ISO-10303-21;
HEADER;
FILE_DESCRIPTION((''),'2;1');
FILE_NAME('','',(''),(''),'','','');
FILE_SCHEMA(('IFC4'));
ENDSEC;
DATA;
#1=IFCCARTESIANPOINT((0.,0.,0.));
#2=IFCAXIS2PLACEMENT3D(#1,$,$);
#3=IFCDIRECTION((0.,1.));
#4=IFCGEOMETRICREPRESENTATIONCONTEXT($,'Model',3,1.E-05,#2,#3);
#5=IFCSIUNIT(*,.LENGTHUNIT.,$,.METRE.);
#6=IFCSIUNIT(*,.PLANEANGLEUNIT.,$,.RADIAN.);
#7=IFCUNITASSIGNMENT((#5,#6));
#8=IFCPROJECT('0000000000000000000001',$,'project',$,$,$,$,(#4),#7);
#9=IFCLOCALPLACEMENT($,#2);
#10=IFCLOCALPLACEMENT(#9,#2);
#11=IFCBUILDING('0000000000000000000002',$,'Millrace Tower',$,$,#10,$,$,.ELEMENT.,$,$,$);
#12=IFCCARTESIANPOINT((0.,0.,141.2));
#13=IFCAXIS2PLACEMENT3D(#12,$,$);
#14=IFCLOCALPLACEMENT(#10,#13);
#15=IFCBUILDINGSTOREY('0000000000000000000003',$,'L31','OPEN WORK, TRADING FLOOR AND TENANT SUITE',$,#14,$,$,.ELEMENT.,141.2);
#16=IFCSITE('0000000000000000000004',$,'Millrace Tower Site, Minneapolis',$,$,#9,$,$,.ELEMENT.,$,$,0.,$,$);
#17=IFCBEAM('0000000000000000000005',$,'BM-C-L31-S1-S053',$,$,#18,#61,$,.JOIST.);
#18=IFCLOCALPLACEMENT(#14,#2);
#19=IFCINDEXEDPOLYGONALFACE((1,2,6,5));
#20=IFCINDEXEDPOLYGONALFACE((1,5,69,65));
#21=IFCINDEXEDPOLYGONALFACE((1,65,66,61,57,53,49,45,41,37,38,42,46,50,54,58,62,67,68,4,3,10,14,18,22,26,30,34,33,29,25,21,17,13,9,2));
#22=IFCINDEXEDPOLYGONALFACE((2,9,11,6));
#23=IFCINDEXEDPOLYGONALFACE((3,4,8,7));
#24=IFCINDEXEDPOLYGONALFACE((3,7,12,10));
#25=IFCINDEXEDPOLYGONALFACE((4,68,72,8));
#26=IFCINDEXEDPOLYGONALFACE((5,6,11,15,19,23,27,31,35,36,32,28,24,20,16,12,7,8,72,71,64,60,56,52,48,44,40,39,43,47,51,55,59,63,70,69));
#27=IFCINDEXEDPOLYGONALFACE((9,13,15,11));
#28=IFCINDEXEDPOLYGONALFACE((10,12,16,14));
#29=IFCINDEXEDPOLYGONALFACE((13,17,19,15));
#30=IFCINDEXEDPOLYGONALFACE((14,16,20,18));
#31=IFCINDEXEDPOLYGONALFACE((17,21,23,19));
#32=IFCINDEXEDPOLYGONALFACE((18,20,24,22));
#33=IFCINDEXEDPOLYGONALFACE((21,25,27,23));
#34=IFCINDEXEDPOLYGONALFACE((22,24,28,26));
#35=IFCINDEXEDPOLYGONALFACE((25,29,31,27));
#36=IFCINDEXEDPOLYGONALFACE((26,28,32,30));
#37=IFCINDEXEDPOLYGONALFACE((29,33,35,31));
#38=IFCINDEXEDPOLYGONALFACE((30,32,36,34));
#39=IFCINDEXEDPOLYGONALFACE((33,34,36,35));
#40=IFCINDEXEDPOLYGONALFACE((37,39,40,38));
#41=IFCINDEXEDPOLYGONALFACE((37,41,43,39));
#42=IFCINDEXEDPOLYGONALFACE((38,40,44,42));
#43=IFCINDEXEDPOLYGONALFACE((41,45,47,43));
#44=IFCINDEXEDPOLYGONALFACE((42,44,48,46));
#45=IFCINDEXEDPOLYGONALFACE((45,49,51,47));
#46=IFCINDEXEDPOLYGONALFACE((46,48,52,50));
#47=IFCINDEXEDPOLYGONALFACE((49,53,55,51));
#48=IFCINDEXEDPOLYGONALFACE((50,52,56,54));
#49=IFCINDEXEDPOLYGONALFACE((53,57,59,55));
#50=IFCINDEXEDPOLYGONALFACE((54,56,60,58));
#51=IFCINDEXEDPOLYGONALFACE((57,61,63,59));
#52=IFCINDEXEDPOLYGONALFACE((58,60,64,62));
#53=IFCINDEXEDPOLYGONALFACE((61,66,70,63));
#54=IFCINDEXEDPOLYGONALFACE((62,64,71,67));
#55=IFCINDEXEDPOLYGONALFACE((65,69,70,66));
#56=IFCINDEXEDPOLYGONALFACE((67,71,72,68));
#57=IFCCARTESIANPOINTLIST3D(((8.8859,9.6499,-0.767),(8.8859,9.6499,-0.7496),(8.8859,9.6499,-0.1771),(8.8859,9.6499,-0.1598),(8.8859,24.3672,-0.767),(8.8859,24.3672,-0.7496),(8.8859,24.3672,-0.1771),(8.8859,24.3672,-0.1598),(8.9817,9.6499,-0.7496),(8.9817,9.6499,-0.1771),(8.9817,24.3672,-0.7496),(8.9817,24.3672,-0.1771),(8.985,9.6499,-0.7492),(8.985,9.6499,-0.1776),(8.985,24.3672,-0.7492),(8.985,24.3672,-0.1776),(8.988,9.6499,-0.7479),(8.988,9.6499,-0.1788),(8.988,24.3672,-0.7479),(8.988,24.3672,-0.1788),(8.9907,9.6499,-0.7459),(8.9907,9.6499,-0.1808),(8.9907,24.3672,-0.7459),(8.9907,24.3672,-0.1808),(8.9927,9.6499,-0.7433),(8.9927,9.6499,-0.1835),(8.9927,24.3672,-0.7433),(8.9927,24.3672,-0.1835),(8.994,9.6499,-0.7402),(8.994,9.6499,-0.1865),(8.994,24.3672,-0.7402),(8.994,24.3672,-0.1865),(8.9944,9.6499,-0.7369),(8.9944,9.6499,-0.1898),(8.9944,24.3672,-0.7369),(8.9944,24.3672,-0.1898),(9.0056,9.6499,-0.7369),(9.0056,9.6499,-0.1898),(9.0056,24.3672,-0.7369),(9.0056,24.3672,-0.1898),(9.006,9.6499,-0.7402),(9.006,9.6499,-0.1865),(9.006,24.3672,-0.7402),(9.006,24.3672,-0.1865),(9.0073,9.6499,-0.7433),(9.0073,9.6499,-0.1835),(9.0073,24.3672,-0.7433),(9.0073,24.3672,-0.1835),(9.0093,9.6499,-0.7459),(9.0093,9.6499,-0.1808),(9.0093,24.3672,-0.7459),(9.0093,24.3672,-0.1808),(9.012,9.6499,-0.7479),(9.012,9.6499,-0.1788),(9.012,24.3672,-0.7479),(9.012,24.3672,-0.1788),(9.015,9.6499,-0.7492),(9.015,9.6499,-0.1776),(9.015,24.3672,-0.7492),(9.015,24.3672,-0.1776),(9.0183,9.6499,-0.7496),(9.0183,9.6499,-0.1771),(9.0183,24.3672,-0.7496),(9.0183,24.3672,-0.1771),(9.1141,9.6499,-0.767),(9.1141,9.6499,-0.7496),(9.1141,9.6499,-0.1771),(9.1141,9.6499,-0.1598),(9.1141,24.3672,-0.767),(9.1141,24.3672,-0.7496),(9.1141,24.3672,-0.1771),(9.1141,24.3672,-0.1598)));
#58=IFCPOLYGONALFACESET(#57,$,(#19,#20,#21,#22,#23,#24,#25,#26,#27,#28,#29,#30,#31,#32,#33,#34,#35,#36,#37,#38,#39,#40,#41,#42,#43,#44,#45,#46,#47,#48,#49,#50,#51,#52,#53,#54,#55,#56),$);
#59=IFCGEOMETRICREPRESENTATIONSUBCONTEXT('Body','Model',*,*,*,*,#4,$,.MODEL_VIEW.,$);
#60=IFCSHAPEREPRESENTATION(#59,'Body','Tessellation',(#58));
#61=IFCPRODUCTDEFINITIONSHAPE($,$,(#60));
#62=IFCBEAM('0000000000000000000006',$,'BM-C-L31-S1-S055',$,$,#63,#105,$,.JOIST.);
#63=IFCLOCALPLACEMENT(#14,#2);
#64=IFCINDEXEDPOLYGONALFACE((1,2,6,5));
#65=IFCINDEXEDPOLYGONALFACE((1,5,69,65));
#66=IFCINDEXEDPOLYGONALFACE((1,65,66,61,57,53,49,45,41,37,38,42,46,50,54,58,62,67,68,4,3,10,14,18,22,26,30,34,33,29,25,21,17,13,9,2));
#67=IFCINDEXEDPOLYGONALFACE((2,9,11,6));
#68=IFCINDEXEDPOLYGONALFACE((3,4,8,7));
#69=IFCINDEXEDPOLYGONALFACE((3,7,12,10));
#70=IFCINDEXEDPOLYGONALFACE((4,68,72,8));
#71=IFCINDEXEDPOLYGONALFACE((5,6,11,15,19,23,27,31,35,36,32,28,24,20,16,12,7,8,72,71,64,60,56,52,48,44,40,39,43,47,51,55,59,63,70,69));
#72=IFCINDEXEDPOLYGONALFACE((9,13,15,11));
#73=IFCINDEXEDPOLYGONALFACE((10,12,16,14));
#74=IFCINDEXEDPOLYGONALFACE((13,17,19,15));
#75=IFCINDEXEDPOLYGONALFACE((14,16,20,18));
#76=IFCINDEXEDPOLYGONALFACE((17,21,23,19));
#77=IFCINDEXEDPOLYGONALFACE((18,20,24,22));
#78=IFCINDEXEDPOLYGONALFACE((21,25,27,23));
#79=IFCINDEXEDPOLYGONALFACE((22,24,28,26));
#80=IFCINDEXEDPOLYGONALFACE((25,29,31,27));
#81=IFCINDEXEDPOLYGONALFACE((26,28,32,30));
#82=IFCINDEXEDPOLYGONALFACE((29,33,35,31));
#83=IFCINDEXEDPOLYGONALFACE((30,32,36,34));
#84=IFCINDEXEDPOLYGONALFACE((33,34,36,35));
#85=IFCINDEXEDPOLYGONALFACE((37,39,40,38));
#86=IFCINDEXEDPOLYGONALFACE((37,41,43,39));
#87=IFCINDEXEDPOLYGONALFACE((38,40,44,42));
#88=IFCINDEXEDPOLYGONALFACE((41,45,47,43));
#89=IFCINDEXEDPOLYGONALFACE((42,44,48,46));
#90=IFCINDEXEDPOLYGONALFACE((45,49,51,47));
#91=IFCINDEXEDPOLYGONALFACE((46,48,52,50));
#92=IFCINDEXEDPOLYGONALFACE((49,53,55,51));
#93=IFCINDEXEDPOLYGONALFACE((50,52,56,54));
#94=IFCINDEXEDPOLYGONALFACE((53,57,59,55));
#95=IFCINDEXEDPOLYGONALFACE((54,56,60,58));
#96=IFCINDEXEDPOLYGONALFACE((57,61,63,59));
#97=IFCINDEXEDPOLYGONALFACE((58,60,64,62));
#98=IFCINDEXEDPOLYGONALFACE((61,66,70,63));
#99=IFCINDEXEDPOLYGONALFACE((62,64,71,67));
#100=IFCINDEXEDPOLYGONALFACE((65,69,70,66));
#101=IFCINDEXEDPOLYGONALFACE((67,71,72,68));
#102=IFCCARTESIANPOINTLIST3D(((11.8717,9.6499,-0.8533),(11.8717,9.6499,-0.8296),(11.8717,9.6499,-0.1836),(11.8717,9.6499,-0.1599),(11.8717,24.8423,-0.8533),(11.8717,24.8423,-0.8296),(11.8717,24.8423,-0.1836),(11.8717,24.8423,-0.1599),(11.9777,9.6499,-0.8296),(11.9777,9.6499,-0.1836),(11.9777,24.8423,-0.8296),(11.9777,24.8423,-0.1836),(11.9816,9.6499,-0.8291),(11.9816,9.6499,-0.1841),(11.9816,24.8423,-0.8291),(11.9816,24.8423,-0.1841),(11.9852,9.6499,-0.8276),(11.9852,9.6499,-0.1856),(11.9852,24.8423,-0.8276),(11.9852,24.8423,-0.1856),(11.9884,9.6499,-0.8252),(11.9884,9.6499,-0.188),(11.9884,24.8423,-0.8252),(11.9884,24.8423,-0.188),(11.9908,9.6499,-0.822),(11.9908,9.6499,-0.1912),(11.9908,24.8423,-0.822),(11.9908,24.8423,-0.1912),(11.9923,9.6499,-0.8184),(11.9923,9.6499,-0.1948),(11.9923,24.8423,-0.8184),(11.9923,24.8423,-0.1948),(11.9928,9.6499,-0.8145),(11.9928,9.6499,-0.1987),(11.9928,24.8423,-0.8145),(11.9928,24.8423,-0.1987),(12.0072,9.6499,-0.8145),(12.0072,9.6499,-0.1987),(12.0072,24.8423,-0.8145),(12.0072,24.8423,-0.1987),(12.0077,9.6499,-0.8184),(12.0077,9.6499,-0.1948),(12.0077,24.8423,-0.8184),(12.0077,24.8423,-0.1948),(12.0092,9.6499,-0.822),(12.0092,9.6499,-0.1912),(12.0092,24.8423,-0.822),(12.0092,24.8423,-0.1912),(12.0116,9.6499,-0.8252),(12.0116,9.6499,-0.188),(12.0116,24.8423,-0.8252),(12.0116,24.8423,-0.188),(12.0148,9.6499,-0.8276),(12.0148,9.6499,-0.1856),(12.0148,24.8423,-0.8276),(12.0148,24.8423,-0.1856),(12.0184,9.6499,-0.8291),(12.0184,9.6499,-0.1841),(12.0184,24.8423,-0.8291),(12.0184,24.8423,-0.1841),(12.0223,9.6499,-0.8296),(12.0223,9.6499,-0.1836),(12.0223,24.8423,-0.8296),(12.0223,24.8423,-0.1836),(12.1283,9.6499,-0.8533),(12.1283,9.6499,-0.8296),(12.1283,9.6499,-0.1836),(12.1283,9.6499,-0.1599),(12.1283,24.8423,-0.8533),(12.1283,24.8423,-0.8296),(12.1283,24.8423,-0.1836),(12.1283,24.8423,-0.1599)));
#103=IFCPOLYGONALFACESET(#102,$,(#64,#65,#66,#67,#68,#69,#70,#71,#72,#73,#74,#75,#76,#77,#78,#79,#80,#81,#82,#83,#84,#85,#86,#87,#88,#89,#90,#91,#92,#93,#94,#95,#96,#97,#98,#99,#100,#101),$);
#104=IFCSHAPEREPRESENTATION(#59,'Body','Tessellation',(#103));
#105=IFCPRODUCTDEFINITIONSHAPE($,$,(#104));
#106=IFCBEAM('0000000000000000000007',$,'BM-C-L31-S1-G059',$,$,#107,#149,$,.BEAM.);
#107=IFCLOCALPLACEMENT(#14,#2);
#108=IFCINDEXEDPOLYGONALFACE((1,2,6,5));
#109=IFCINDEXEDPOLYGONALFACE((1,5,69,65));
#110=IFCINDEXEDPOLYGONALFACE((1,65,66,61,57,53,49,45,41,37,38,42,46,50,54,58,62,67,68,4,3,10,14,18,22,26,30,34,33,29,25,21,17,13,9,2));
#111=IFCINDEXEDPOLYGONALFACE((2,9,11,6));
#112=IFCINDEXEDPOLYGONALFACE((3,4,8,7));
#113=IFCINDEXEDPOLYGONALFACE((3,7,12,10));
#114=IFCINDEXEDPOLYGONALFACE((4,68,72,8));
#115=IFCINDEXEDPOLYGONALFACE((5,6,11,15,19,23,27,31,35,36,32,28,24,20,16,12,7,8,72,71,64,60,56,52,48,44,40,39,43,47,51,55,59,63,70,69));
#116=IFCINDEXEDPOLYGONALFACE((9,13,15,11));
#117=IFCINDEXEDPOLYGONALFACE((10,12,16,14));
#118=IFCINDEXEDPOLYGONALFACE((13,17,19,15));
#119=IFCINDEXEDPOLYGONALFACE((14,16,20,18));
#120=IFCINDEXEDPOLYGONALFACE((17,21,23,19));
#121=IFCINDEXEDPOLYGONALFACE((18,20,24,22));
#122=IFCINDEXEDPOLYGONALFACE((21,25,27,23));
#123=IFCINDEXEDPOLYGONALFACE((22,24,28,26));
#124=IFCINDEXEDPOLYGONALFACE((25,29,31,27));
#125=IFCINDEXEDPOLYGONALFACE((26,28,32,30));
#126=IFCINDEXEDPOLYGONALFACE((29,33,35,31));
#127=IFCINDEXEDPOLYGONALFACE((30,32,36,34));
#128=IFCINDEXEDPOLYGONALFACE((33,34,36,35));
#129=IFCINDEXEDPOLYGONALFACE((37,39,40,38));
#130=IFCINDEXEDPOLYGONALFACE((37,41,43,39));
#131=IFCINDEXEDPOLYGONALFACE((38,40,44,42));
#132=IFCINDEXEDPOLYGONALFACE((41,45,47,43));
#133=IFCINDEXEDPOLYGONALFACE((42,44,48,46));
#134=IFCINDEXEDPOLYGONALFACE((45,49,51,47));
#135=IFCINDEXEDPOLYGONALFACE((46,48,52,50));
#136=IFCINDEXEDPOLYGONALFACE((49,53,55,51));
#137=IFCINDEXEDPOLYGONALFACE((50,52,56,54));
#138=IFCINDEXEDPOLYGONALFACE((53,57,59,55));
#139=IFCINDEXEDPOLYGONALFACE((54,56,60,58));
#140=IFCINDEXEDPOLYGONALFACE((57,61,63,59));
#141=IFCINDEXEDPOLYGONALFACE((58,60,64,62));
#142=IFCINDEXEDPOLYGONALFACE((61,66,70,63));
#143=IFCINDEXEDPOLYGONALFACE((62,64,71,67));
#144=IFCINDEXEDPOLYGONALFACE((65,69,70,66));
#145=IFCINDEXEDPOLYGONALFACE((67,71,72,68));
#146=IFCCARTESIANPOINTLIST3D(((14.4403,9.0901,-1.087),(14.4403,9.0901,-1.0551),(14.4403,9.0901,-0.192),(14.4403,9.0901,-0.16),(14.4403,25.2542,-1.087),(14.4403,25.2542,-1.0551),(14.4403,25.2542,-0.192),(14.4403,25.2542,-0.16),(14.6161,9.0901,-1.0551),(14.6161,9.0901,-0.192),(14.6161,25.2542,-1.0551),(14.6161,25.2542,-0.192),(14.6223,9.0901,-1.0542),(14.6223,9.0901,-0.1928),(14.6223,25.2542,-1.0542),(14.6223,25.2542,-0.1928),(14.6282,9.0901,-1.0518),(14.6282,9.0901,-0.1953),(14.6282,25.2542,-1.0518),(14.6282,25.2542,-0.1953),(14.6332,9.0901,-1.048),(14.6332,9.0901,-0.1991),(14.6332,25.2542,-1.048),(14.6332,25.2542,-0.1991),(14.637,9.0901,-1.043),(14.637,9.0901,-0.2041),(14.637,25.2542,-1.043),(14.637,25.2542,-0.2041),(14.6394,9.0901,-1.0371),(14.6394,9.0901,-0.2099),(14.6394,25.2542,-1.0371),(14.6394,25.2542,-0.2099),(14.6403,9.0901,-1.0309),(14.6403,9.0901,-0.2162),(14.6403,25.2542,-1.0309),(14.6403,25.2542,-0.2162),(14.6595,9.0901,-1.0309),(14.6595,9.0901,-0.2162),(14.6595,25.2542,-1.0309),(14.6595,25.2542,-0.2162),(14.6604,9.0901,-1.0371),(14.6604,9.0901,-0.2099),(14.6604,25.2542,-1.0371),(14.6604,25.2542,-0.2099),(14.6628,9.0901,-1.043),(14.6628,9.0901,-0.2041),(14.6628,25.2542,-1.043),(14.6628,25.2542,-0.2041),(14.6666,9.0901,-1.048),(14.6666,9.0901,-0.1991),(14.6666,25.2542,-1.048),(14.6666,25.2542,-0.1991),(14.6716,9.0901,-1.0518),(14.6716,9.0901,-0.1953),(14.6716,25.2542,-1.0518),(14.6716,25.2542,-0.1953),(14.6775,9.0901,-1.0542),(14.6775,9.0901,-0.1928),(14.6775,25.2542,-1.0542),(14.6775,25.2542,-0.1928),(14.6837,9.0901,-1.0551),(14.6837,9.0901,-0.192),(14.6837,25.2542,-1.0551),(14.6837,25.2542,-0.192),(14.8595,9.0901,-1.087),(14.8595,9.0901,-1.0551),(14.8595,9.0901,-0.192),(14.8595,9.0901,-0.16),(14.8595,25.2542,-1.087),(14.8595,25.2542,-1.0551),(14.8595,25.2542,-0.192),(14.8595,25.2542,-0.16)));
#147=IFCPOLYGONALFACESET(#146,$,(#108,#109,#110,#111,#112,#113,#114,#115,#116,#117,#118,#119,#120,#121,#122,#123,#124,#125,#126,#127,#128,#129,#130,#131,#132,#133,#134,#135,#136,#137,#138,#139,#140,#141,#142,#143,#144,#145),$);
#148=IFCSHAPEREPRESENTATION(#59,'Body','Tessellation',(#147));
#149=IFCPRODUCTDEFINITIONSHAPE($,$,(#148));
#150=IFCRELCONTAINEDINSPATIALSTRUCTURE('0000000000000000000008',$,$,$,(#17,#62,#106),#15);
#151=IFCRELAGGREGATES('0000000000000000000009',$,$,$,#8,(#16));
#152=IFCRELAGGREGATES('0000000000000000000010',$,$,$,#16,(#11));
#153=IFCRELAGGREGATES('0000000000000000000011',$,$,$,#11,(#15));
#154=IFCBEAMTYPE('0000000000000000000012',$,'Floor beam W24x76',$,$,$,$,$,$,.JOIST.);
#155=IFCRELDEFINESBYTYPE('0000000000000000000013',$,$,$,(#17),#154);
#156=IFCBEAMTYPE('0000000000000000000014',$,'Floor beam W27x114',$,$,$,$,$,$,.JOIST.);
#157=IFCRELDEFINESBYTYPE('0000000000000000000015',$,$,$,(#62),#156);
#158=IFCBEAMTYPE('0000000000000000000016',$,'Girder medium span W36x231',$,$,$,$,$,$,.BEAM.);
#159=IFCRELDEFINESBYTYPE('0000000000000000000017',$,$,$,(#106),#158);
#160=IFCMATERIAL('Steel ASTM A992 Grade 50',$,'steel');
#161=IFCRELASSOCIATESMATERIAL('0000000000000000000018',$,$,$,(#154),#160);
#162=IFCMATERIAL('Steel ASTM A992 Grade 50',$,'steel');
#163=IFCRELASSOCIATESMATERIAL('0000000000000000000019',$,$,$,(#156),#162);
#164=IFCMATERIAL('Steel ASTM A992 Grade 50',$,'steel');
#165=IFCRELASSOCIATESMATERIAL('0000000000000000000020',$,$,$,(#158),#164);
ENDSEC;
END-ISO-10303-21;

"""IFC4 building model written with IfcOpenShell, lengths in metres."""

from ifc_helpers import new_model, si_unit, direction, frame, origin, origin_2d, place, context, subcontext, project, spatial, i_section, extrude, material, material_profile, profile_set, type_object, element, save


model = new_model("IFC4")

# Units and contexts
model_context = context("Model", 3, precision=1e-05, world=origin(), true_north=direction((0.0, 1.0)))
body_context = subcontext(model_context, "Body", "Model", "MODEL_VIEW")
ifc_project = project(units=[si_unit("LENGTHUNIT", "METRE"), si_unit("PLANEANGLEUNIT", "RADIAN")], contexts=[model_context])

# Site, building, storey
site_placement = place(None, origin())
site = spatial("IfcSite", under=ifc_project, at=site_placement, Name="Millrace Tower Site, Minneapolis", CompositionType="ELEMENT", RefElevation=0.0)
building_placement = place(site_placement, origin())
building = spatial("IfcBuilding", under=site, at=building_placement, Name="Millrace Tower", CompositionType="ELEMENT")
storey_placement = place(building_placement, frame((0.0, 0.0, 141.2)))
storey = spatial("IfcBuildingStorey", under=building, at=storey_placement, Name="L31", Description="OPEN WORK, TRADING FLOOR AND TENANT SUITE", CompositionType="ELEMENT", Elevation=141.2)

# Beams
ifc_material_1 = material(Name="Steel ASTM A992 Grade 50", Category="steel")
ifc_material_profile_1 = material_profile(ifc_material_1, i_section(OverallWidth=0.2283, OverallDepth=0.6072, WebThickness=0.0112, FlangeThickness=0.0173, FilletRadius=0.0127, at=origin_2d()))
ifc_profile_set_1 = profile_set([ifc_material_profile_1], Name="Steel ASTM A992 Grade 50")
beam_type_1 = type_object("IfcBeamType", Name="Floor beam W24x76", PredefinedType="JOIST", material=ifc_profile_set_1)
beam_1_placement = place(storey_placement, frame((9.0, 9.6499, -0.4634), z_axis=(0.0, 1.0, 0.0), x_axis=(-1.0, 0.0, 0.0)))
element("IfcBeam", 1, at=beam_1_placement, inside=storey, type_object=beam_type_1, Name="BM-C-L31-S1-S053", PredefinedType="JOIST", context=body_context, shape_type="SweptSolid", body=[
    extrude(i_section(OverallWidth=0.2283, OverallDepth=0.6072, WebThickness=0.0112, FlangeThickness=0.0173, FilletRadius=0.0127, at=origin_2d()), origin(), (0.0, 0.0, 1.0), 14.7173),
])
ifc_material_2 = material(Name="Steel ASTM A992 Grade 50", Category="steel")
ifc_material_profile_2 = material_profile(ifc_material_2, i_section(OverallWidth=0.2566, OverallDepth=0.6934, WebThickness=0.0144, FlangeThickness=0.0237, FilletRadius=0.0151, at=origin_2d()))
ifc_profile_set_2 = profile_set([ifc_material_profile_2], Name="Steel ASTM A992 Grade 50")
beam_type_2 = type_object("IfcBeamType", Name="Floor beam W27x114", PredefinedType="JOIST", material=ifc_profile_set_2)
beam_2_placement = place(storey_placement, frame((12.0, 9.6499, -0.5066), z_axis=(0.0, 1.0, 0.0), x_axis=(-1.0, 0.0, 0.0)))
element("IfcBeam", 2, at=beam_2_placement, inside=storey, type_object=beam_type_2, Name="BM-C-L31-S1-S055", PredefinedType="JOIST", context=body_context, shape_type="SweptSolid", body=[
    extrude(i_section(OverallWidth=0.2566, OverallDepth=0.6934, WebThickness=0.0144, FlangeThickness=0.0237, FilletRadius=0.0151, at=origin_2d()), origin(), (0.0, 0.0, 1.0), 15.1924),
])
ifc_material_3 = material(Name="Steel ASTM A992 Grade 50", Category="steel")
ifc_material_profile_3 = material_profile(ifc_material_3, i_section(OverallWidth=0.4192, OverallDepth=0.927, WebThickness=0.0193, FlangeThickness=0.032, FilletRadius=0.0242, at=origin_2d()))
ifc_profile_set_3 = profile_set([ifc_material_profile_3], Name="Steel ASTM A992 Grade 50")
beam_type_3 = type_object("IfcBeamType", Name="Girder medium span W36x231", PredefinedType="BEAM", material=ifc_profile_set_3)
beam_3_placement = place(storey_placement, frame((14.6499, 9.0901, -0.6235), z_axis=(0.0, 1.0, 0.0), x_axis=(-1.0, 0.0, 0.0)))
element("IfcBeam", 3, at=beam_3_placement, inside=storey, type_object=beam_type_3, Name="BM-C-L31-S1-G059", PredefinedType="BEAM", context=body_context, shape_type="SweptSolid", body=[
    extrude(i_section(OverallWidth=0.4192, OverallDepth=0.927, WebThickness=0.0193, FlangeThickness=0.032, FilletRadius=0.0242, at=origin_2d()), origin(), (0.0, 0.0, 1.0), 16.1641),
])

save(model, "model.ifc")
